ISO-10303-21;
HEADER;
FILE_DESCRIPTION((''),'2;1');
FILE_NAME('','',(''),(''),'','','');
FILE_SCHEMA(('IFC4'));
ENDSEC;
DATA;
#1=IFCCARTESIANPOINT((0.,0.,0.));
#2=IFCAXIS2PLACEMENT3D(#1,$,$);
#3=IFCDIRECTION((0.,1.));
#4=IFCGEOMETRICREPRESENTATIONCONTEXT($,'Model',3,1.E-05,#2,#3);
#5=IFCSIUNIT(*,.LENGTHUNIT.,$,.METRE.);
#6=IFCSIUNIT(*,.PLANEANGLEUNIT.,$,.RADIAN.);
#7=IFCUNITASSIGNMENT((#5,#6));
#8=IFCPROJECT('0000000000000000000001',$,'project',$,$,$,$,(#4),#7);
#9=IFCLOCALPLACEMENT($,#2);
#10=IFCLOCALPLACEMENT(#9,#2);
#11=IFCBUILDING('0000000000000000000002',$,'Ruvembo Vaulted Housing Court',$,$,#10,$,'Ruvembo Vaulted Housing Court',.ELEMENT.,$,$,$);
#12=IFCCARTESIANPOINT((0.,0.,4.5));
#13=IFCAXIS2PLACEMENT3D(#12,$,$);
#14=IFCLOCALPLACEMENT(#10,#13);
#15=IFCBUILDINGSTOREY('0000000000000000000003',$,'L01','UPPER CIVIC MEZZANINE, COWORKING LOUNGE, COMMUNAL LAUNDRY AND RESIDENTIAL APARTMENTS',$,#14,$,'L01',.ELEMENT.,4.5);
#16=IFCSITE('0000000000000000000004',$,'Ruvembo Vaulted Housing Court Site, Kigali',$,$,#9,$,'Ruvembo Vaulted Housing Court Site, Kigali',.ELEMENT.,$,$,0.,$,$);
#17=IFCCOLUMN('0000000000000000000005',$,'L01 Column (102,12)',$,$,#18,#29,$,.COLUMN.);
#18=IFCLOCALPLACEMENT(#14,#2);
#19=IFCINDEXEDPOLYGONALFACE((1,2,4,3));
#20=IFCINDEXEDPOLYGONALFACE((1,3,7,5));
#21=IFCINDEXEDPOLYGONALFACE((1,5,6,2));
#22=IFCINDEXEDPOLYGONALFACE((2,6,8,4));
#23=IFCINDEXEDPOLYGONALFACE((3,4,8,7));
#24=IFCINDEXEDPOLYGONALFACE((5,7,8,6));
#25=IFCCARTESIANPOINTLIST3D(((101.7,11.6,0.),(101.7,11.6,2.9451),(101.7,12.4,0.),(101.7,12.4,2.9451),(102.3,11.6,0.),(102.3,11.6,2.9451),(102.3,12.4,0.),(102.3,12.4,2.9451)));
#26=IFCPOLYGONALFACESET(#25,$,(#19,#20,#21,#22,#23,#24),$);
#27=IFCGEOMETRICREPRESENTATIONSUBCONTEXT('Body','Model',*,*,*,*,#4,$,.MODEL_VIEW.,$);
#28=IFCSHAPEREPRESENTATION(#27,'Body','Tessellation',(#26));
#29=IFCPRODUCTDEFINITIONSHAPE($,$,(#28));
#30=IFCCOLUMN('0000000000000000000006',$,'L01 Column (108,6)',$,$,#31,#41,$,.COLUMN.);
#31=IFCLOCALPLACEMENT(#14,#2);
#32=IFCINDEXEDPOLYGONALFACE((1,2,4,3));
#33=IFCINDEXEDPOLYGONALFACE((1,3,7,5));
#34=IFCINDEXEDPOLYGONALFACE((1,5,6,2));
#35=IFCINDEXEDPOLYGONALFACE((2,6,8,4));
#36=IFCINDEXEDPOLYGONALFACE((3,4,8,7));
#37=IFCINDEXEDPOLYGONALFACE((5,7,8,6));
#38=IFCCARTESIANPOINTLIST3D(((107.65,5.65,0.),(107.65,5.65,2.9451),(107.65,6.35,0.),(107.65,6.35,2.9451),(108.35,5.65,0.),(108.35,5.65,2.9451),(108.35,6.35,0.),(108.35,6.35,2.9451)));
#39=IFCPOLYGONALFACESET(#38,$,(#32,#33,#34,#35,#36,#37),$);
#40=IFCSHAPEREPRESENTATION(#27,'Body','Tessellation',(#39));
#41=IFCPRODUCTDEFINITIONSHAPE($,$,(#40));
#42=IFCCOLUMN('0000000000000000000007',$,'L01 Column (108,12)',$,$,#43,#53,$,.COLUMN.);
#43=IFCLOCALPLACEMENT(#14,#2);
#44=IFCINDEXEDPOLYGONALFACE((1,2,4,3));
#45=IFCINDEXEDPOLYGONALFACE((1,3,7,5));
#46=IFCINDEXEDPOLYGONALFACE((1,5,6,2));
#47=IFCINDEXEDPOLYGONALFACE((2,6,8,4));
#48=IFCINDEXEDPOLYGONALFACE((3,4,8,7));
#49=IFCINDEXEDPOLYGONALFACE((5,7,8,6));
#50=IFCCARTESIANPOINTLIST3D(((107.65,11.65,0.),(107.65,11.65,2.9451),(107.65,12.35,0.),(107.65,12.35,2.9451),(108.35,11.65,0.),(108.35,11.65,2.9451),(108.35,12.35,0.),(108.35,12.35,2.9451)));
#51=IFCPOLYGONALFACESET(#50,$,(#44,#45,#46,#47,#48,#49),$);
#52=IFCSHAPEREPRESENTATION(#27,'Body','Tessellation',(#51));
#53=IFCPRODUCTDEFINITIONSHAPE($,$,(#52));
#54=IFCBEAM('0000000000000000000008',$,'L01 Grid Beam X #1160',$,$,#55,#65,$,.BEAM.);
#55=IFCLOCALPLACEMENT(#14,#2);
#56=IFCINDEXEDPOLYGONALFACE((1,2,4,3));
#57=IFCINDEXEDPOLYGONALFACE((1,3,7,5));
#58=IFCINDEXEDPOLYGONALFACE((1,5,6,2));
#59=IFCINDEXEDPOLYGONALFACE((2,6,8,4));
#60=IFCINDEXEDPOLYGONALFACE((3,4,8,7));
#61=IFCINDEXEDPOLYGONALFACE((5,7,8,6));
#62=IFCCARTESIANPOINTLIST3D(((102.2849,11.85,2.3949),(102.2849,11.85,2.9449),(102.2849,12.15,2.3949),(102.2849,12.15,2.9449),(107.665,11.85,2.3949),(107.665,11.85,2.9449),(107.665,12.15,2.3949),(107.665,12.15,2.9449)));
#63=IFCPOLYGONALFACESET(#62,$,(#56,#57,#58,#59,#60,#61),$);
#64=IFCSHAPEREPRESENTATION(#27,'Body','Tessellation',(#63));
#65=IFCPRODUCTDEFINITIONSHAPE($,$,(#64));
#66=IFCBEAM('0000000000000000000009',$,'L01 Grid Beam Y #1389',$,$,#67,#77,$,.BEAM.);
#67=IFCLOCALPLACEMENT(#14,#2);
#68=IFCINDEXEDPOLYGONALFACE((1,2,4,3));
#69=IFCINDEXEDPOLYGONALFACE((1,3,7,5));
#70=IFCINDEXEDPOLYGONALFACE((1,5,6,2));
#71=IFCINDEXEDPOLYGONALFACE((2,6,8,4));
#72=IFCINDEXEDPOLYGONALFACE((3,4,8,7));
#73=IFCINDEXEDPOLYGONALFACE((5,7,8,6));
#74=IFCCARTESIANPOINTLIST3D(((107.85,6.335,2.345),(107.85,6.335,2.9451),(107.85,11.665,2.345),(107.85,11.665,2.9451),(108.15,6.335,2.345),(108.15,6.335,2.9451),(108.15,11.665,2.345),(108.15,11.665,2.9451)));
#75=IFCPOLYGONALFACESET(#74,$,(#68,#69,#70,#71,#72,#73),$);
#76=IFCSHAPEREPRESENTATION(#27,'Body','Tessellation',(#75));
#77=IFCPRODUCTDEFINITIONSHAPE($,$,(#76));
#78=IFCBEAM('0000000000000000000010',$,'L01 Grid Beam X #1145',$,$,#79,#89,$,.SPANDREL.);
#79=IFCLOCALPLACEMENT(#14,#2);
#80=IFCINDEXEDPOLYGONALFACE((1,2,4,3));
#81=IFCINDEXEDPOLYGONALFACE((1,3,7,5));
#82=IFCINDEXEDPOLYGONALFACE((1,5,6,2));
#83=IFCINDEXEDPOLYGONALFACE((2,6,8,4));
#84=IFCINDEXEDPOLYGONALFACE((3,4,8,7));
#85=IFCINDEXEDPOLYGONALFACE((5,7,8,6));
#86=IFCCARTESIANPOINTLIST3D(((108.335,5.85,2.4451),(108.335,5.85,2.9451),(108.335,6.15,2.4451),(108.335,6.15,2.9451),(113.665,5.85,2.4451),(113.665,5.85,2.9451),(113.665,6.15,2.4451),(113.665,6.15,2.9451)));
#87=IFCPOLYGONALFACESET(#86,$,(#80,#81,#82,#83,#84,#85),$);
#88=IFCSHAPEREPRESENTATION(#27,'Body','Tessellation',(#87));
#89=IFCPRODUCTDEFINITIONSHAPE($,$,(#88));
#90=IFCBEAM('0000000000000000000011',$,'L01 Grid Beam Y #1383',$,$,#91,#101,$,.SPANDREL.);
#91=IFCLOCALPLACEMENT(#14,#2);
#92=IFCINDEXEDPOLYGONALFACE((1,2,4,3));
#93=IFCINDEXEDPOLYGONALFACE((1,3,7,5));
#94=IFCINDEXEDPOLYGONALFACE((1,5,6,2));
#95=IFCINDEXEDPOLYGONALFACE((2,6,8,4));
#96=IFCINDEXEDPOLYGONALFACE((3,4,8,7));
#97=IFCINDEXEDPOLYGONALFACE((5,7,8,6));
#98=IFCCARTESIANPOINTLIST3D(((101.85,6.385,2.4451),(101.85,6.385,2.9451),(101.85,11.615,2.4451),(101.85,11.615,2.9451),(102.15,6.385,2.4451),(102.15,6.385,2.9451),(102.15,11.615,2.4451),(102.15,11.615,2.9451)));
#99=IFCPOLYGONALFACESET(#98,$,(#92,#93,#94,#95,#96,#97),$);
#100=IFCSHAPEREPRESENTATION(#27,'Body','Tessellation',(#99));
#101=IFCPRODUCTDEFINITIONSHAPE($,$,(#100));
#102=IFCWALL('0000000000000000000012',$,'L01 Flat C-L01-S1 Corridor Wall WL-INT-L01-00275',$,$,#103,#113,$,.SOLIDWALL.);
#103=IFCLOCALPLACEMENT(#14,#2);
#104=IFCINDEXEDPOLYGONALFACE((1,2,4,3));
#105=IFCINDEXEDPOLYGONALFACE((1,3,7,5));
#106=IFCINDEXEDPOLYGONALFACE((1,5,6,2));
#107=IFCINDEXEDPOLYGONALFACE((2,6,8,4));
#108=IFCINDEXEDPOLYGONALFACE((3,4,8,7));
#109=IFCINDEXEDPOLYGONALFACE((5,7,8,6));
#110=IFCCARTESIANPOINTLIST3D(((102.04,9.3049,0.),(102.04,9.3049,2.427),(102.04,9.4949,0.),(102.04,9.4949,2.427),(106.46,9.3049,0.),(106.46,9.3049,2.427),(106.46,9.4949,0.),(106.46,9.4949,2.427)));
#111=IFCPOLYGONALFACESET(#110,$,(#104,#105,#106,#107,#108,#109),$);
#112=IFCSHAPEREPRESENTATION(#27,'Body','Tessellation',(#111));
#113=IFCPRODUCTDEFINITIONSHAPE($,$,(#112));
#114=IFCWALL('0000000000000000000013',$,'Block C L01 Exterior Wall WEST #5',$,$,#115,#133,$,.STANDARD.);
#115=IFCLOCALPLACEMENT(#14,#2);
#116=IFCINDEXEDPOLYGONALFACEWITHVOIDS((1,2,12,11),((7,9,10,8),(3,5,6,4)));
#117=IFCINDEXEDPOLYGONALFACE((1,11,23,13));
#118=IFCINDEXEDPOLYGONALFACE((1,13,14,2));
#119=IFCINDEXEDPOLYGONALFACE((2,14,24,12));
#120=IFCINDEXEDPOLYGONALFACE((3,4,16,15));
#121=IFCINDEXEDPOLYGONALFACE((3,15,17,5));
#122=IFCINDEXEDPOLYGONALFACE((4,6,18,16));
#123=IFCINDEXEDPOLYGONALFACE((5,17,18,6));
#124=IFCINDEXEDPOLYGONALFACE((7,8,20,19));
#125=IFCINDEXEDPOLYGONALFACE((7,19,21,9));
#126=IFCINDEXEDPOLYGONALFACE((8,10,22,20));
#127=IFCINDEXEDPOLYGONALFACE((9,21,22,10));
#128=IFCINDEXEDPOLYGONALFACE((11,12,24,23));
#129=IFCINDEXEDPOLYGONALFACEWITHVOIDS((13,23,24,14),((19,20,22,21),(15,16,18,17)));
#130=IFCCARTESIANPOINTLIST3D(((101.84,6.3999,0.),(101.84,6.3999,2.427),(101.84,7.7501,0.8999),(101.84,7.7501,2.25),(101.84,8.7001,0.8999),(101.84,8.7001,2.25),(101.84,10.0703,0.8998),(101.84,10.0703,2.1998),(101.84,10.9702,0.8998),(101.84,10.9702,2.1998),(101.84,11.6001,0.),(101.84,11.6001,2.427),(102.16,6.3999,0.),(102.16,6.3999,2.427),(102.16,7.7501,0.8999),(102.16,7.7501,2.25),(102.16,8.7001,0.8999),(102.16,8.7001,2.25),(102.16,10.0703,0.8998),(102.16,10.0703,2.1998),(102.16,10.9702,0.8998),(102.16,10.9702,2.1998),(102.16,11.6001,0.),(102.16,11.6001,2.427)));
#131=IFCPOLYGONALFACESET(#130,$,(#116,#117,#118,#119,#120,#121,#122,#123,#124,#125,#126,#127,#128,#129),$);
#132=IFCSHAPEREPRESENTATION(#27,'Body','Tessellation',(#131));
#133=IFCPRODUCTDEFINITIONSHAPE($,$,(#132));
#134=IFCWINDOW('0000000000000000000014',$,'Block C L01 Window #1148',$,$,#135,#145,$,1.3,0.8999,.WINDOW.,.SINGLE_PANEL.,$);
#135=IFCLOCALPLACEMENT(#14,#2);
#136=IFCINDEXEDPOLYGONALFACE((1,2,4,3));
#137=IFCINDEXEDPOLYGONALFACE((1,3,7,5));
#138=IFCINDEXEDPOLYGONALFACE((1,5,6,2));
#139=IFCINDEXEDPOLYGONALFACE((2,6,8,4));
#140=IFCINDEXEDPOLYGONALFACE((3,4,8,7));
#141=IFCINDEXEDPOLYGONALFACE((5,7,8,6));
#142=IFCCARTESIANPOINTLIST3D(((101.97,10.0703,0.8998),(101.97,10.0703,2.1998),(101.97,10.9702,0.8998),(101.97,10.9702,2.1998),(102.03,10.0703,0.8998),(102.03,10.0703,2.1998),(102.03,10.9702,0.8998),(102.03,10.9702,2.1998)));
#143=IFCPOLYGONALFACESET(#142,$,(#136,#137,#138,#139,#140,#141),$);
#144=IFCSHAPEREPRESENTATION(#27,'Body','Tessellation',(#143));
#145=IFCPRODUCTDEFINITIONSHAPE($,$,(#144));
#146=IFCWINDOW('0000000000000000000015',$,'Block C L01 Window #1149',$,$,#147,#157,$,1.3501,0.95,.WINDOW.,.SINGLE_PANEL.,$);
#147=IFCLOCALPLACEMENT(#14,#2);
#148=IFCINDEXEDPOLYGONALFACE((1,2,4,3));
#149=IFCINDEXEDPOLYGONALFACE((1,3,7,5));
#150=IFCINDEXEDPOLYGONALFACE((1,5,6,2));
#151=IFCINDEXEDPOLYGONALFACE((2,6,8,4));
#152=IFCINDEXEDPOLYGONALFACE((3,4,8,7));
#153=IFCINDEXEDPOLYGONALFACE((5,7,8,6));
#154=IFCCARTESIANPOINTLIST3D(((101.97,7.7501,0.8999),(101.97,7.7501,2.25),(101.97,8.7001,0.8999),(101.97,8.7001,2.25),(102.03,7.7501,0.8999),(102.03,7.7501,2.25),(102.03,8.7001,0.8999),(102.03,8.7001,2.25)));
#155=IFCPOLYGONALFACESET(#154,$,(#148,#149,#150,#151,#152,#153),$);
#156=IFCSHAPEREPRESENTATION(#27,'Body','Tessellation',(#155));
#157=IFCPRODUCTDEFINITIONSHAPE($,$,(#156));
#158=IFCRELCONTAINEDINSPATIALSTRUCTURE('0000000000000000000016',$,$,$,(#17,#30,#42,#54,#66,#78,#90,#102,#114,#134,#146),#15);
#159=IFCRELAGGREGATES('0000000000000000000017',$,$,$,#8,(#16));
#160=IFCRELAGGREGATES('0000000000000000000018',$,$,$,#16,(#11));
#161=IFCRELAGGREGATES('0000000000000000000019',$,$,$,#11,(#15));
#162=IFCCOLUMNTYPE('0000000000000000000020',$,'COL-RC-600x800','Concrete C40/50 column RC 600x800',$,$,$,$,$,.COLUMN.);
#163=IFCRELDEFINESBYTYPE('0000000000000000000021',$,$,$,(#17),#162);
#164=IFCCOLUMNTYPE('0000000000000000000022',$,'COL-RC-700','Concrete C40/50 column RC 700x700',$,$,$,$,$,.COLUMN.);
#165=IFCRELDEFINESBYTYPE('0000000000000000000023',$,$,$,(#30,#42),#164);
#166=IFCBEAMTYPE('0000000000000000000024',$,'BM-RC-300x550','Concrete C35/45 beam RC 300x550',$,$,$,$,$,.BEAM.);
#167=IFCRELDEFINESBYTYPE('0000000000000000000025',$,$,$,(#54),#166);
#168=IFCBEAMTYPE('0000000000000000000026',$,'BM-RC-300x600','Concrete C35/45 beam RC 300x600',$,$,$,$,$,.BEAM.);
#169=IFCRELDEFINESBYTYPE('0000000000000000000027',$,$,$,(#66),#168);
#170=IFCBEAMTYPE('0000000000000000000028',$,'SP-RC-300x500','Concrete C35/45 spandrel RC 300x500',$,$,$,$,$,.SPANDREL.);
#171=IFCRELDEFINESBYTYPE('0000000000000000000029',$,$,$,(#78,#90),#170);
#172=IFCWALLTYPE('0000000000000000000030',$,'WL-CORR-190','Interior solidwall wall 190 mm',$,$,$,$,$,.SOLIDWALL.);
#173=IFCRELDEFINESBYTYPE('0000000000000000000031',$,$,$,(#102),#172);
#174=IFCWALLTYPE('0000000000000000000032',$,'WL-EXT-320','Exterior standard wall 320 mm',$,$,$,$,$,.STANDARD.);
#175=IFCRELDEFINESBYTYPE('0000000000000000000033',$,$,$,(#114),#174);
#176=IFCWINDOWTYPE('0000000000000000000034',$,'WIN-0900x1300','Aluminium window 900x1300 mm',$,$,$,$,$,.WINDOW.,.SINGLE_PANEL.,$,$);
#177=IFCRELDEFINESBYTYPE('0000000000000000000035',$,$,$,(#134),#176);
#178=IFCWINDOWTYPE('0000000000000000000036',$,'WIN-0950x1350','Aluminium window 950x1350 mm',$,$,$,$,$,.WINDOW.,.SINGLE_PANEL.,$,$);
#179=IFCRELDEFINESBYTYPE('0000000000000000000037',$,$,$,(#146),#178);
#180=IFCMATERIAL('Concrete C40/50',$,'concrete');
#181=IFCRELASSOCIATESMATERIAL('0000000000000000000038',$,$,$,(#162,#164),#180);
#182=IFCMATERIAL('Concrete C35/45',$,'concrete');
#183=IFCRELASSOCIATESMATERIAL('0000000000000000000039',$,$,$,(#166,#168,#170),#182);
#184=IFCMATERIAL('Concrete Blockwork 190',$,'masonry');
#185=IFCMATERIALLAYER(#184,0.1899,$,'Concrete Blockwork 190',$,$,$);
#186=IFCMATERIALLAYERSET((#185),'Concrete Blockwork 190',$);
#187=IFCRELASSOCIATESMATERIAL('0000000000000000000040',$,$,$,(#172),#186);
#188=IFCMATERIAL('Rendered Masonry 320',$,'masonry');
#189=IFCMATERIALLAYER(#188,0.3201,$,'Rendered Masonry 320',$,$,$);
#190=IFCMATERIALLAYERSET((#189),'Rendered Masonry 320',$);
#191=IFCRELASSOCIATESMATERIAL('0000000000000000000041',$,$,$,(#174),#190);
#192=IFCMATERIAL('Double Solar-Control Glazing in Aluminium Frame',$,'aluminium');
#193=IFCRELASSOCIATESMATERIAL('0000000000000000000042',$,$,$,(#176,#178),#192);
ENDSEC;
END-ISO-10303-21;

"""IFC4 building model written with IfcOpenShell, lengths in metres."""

from ifc_helpers import new_model, si_unit, direction, frame, frame_2d, origin, origin_2d, place, context, subcontext, project, spatial, rectangle, extrude, material, layer, layer_set, material_profile, profile_set, type_object, element, fill, save


model = new_model("IFC4")

# Units and contexts
model_context = context("Model", 3, precision=1e-05, world=origin(), true_north=direction((0.0, 1.0)))
body_context = subcontext(model_context, "Body", "Model", "MODEL_VIEW")
ifc_project = project(units=[si_unit("LENGTHUNIT", "METRE"), si_unit("PLANEANGLEUNIT", "RADIAN")], contexts=[model_context])

# Site, building, storey
site_placement = place(None, origin())
site = spatial("IfcSite", under=ifc_project, at=site_placement, Name="Ruvembo Vaulted Housing Court Site, Kigali", LongName="Ruvembo Vaulted Housing Court Site, Kigali", CompositionType="ELEMENT", RefElevation=0.0)
building_placement = place(site_placement, origin())
building = spatial("IfcBuilding", under=site, at=building_placement, Name="Ruvembo Vaulted Housing Court", LongName="Ruvembo Vaulted Housing Court", CompositionType="ELEMENT")
storey_placement = place(building_placement, frame((0.0, 0.0, 4.5)))
storey = spatial("IfcBuildingStorey", under=building, at=storey_placement, Name="L01", Description="UPPER CIVIC MEZZANINE, COWORKING LOUNGE, COMMUNAL LAUNDRY AND RESIDENTIAL APARTMENTS", LongName="L01", CompositionType="ELEMENT", Elevation=4.5)

# Columns
ifc_material_1 = material(Name="Concrete C40/50", Category="concrete")
ifc_material_profile_1 = material_profile(ifc_material_1, rectangle(XDim=0.6001, YDim=0.8, at=origin_2d()), Name="RC 600x800")
ifc_profile_set_1 = profile_set([ifc_material_profile_1], Name="Concrete C40/50")
column_type_1 = type_object("IfcColumnType", Name="COL-RC-600x800", Description="Concrete C40/50 column RC 600x800", PredefinedType="COLUMN", material=ifc_profile_set_1)
column_placement = place(storey_placement, frame((102.0, 12.0, 0.0), z_axis=(0.0, 0.0, 1.0), x_axis=(1.0, 0.0, 0.0)))
element("IfcColumn", 1, at=column_placement, inside=storey, type_object=column_type_1, Name="L01 Column (102,12)", PredefinedType="COLUMN", context=body_context, shape_type="SweptSolid", body=[
    extrude(rectangle(XDim=0.6001, YDim=0.8, at=origin_2d()), origin(), (0.0, 0.0, 1.0), 2.9451),
])
ifc_material_profile_2 = material_profile(ifc_material_1, rectangle(XDim=0.7, YDim=0.7, at=origin_2d()), Name="RC 700x700")
ifc_profile_set_2 = profile_set([ifc_material_profile_2], Name="Concrete C40/50")
column_type_2 = type_object("IfcColumnType", Name="COL-RC-700", Description="Concrete C40/50 column RC 700x700", PredefinedType="COLUMN", material=ifc_profile_set_2)
for number, where, z_axis, x_axis, name in (
    (2, (108.0, 6.0, 0.0), (0.0, 0.0, 1.0), (1.0, 0.0, 0.0), "L01 Column (108,6)"),
    (3, (108.0, 12.0, 0.0), (0.0, 0.0, 1.0), (1.0, 0.0, 0.0), "L01 Column (108,12)"),
):
    element("IfcColumn", number, at=place(storey_placement, frame(where, z_axis=z_axis, x_axis=x_axis)), inside=storey, type_object=column_type_2, Name=name, PredefinedType="COLUMN", context=body_context, shape_type="SweptSolid", body=[
        extrude(rectangle(XDim=0.7, YDim=0.7, at=origin_2d()), origin(), (0.0, 0.0, 1.0), 2.9451),
    ])

# Beams
ifc_material_2 = material(Name="Concrete C35/45", Category="concrete")
ifc_material_profile_3 = material_profile(ifc_material_2, rectangle(XDim=0.3, YDim=0.55, at=origin_2d()), Name="RC 300x550")
ifc_profile_set_3 = profile_set([ifc_material_profile_3], Name="Concrete C35/45")
beam_type_1 = type_object("IfcBeamType", Name="BM-RC-300x550", Description="Concrete C35/45 beam RC 300x550", PredefinedType="BEAM", material=ifc_profile_set_3)
beam_1_placement = place(storey_placement, frame((102.2849, 12.0, 2.6699), z_axis=(1.0, 0.0, 0.0), x_axis=(0.0, 1.0, 0.0)))
element("IfcBeam", 4, at=beam_1_placement, inside=storey, type_object=beam_type_1, Name="L01 Grid Beam X #1160", PredefinedType="BEAM", context=body_context, shape_type="SweptSolid", body=[
    extrude(rectangle(XDim=0.3, YDim=0.55, at=origin_2d()), origin(), (0.0, 0.0, 1.0), 5.3801),
])
ifc_material_profile_4 = material_profile(ifc_material_2, rectangle(XDim=0.3, YDim=0.6001, at=origin_2d()), Name="RC 300x600")
ifc_profile_set_4 = profile_set([ifc_material_profile_4], Name="Concrete C35/45")
beam_type_2 = type_object("IfcBeamType", Name="BM-RC-300x600", Description="Concrete C35/45 beam RC 300x600", PredefinedType="BEAM", material=ifc_profile_set_4)
beam_2_placement = place(storey_placement, frame((108.0, 6.335, 2.645), z_axis=(0.0, 1.0, 0.0), x_axis=(-1.0, 0.0, 0.0)))
element("IfcBeam", 5, at=beam_2_placement, inside=storey, type_object=beam_type_2, Name="L01 Grid Beam Y #1389", PredefinedType="BEAM", context=body_context, shape_type="SweptSolid", body=[
    extrude(rectangle(XDim=0.3, YDim=0.6001, at=origin_2d()), origin(), (0.0, 0.0, 1.0), 5.3301),
])
ifc_material_profile_5 = material_profile(ifc_material_2, rectangle(XDim=0.3, YDim=0.5, at=origin_2d()), Name="RC 300x500")
ifc_profile_set_5 = profile_set([ifc_material_profile_5], Name="Concrete C35/45")
beam_type_3 = type_object("IfcBeamType", Name="SP-RC-300x500", Description="Concrete C35/45 spandrel RC 300x500", PredefinedType="SPANDREL", material=ifc_profile_set_5)
beam_3_placement = place(storey_placement, frame((108.335, 6.0, 2.6951), z_axis=(1.0, 0.0, 0.0), x_axis=(0.0, 1.0, 0.0)))
element("IfcBeam", 6, at=beam_3_placement, inside=storey, type_object=beam_type_3, Name="L01 Grid Beam X #1145", PredefinedType="SPANDREL", context=body_context, shape_type="SweptSolid", body=[
    extrude(rectangle(XDim=0.3, YDim=0.5, at=origin_2d()), origin(), (0.0, 0.0, 1.0), 5.3301),
])
beam_4_placement = place(storey_placement, frame((102.0, 6.385, 2.6951), z_axis=(0.0, 1.0, 0.0), x_axis=(-1.0, 0.0, 0.0)))
element("IfcBeam", 7, at=beam_4_placement, inside=storey, type_object=beam_type_3, Name="L01 Grid Beam Y #1383", PredefinedType="SPANDREL", context=body_context, shape_type="SweptSolid", body=[
    extrude(rectangle(XDim=0.3, YDim=0.5, at=origin_2d()), origin(), (0.0, 0.0, 1.0), 5.23),
])

# Wall
ifc_material_3 = material(Name="Concrete Blockwork 190", Category="masonry")
ifc_layer_1 = layer(ifc_material_3, 0.1899, Name="Concrete Blockwork 190")
ifc_layer_set_1 = layer_set([ifc_layer_1], Name="Concrete Blockwork 190")
wall_type_1 = type_object("IfcWallType", Name="WL-CORR-190", Description="Interior solidwall wall 190 mm", PredefinedType="SOLIDWALL", material=ifc_layer_set_1)
wall_1_placement = place(storey_placement, frame((102.04, 9.3999, 0.0), z_axis=(0.0, 0.0, 1.0), x_axis=(1.0, 0.0, 0.0)))
element("IfcWall", 8, at=wall_1_placement, inside=storey, type_object=wall_type_1, Name="L01 Flat C-L01-S1 Corridor Wall WL-INT-L01-00275", PredefinedType="SOLIDWALL", context=body_context, shape_type="SweptSolid", body=[
    extrude(rectangle(XDim=4.4199, YDim=0.1899, at=frame_2d((2.21, 0.0))), origin(), (0.0, 0.0, 1.0), 2.427),
])

# Wall, openings, windows
ifc_material_4 = material(Name="Rendered Masonry 320", Category="masonry")
ifc_layer_2 = layer(ifc_material_4, 0.3201, Name="Rendered Masonry 320")
ifc_layer_set_2 = layer_set([ifc_layer_2], Name="Rendered Masonry 320")
wall_type_2 = type_object("IfcWallType", Name="WL-EXT-320", Description="Exterior standard wall 320 mm", PredefinedType="STANDARD", material=ifc_layer_set_2)
wall_2_placement = place(storey_placement, frame((102.0, 11.6001, 0.0), z_axis=(0.0, 0.0, 1.0), x_axis=(0.0, -1.0, 0.0)))
wall_2 = element("IfcWall", 9, at=wall_2_placement, inside=storey, type_object=wall_type_2, Name="Block C L01 Exterior Wall WEST #5", PredefinedType="STANDARD", context=body_context, shape_type="SweptSolid", body=[
    extrude(rectangle(XDim=5.2002, YDim=0.3201, at=frame_2d((2.6001, 0.0))), origin(), (0.0, 0.0, 1.0), 2.427),
])
opening_1_placement = place(wall_2_placement, frame((0.6299, 0.0, 0.8999)))
opening_1 = element("IfcOpeningElement", 10, at=opening_1_placement, cuts=wall_2, PredefinedType="OPENING", context=body_context, shape_type="SweptSolid", body=[
    extrude(rectangle(XDim=0.8999, YDim=1.3, at=frame_2d((0.45, 0.6499))), frame((0.0, 0.1699, 0.0), z_axis=(0.0, -1.0, 0.0), x_axis=(1.0, 0.0, 0.0)), (0.0, 0.0, 1.0), 0.3401),
])
opening_2_placement = place(wall_2_placement, frame((2.8999, 0.0, 0.8999)))
opening_2 = element("IfcOpeningElement", 11, at=opening_2_placement, cuts=wall_2, PredefinedType="OPENING", context=body_context, shape_type="SweptSolid", body=[
    extrude(rectangle(XDim=0.95, YDim=1.3501, at=frame_2d((0.4751, 0.675))), frame((0.0, 0.1699, 0.0), z_axis=(0.0, -1.0, 0.0), x_axis=(1.0, 0.0, 0.0)), (0.0, 0.0, 1.0), 0.3401),
])
ifc_material_5 = material(Name="Double Solar-Control Glazing in Aluminium Frame", Category="aluminium")
window_type_1 = type_object("IfcWindowType", Name="WIN-0900x1300", Description="Aluminium window 900x1300 mm", PartitioningType="SINGLE_PANEL", PredefinedType="WINDOW", material=ifc_material_5)
window_1_placement = place(opening_1_placement, origin())
window_1 = element("IfcWindow", 12, at=window_1_placement, inside=storey, type_object=window_type_1, Name="Block C L01 Window #1148", OverallHeight=1.3, OverallWidth=0.8999, PartitioningType="SINGLE_PANEL", PredefinedType="WINDOW", context=body_context, shape_type="SweptSolid", body=[
    extrude(rectangle(XDim=0.8999, YDim=1.3, at=frame_2d((0.45, 0.6499))), frame((0.0, 0.03, 0.0), z_axis=(0.0, -1.0, 0.0), x_axis=(1.0, 0.0, 0.0)), (0.0, 0.0, 1.0), 0.0601),
])
fill(opening_1, window_1)
window_type_2 = type_object("IfcWindowType", Name="WIN-0950x1350", Description="Aluminium window 950x1350 mm", PartitioningType="SINGLE_PANEL", PredefinedType="WINDOW", material=ifc_material_5)
window_2_placement = place(opening_2_placement, origin())
window_2 = element("IfcWindow", 13, at=window_2_placement, inside=storey, type_object=window_type_2, Name="Block C L01 Window #1149", OverallHeight=1.3501, OverallWidth=0.95, PartitioningType="SINGLE_PANEL", PredefinedType="WINDOW", context=body_context, shape_type="SweptSolid", body=[
    extrude(rectangle(XDim=0.95, YDim=1.3501, at=frame_2d((0.4751, 0.675))), frame((0.0, 0.03, 0.0), z_axis=(0.0, -1.0, 0.0), x_axis=(1.0, 0.0, 0.0)), (0.0, 0.0, 1.0), 0.0601),
])
fill(opening_2, window_2)

save(model, "model.ifc")
